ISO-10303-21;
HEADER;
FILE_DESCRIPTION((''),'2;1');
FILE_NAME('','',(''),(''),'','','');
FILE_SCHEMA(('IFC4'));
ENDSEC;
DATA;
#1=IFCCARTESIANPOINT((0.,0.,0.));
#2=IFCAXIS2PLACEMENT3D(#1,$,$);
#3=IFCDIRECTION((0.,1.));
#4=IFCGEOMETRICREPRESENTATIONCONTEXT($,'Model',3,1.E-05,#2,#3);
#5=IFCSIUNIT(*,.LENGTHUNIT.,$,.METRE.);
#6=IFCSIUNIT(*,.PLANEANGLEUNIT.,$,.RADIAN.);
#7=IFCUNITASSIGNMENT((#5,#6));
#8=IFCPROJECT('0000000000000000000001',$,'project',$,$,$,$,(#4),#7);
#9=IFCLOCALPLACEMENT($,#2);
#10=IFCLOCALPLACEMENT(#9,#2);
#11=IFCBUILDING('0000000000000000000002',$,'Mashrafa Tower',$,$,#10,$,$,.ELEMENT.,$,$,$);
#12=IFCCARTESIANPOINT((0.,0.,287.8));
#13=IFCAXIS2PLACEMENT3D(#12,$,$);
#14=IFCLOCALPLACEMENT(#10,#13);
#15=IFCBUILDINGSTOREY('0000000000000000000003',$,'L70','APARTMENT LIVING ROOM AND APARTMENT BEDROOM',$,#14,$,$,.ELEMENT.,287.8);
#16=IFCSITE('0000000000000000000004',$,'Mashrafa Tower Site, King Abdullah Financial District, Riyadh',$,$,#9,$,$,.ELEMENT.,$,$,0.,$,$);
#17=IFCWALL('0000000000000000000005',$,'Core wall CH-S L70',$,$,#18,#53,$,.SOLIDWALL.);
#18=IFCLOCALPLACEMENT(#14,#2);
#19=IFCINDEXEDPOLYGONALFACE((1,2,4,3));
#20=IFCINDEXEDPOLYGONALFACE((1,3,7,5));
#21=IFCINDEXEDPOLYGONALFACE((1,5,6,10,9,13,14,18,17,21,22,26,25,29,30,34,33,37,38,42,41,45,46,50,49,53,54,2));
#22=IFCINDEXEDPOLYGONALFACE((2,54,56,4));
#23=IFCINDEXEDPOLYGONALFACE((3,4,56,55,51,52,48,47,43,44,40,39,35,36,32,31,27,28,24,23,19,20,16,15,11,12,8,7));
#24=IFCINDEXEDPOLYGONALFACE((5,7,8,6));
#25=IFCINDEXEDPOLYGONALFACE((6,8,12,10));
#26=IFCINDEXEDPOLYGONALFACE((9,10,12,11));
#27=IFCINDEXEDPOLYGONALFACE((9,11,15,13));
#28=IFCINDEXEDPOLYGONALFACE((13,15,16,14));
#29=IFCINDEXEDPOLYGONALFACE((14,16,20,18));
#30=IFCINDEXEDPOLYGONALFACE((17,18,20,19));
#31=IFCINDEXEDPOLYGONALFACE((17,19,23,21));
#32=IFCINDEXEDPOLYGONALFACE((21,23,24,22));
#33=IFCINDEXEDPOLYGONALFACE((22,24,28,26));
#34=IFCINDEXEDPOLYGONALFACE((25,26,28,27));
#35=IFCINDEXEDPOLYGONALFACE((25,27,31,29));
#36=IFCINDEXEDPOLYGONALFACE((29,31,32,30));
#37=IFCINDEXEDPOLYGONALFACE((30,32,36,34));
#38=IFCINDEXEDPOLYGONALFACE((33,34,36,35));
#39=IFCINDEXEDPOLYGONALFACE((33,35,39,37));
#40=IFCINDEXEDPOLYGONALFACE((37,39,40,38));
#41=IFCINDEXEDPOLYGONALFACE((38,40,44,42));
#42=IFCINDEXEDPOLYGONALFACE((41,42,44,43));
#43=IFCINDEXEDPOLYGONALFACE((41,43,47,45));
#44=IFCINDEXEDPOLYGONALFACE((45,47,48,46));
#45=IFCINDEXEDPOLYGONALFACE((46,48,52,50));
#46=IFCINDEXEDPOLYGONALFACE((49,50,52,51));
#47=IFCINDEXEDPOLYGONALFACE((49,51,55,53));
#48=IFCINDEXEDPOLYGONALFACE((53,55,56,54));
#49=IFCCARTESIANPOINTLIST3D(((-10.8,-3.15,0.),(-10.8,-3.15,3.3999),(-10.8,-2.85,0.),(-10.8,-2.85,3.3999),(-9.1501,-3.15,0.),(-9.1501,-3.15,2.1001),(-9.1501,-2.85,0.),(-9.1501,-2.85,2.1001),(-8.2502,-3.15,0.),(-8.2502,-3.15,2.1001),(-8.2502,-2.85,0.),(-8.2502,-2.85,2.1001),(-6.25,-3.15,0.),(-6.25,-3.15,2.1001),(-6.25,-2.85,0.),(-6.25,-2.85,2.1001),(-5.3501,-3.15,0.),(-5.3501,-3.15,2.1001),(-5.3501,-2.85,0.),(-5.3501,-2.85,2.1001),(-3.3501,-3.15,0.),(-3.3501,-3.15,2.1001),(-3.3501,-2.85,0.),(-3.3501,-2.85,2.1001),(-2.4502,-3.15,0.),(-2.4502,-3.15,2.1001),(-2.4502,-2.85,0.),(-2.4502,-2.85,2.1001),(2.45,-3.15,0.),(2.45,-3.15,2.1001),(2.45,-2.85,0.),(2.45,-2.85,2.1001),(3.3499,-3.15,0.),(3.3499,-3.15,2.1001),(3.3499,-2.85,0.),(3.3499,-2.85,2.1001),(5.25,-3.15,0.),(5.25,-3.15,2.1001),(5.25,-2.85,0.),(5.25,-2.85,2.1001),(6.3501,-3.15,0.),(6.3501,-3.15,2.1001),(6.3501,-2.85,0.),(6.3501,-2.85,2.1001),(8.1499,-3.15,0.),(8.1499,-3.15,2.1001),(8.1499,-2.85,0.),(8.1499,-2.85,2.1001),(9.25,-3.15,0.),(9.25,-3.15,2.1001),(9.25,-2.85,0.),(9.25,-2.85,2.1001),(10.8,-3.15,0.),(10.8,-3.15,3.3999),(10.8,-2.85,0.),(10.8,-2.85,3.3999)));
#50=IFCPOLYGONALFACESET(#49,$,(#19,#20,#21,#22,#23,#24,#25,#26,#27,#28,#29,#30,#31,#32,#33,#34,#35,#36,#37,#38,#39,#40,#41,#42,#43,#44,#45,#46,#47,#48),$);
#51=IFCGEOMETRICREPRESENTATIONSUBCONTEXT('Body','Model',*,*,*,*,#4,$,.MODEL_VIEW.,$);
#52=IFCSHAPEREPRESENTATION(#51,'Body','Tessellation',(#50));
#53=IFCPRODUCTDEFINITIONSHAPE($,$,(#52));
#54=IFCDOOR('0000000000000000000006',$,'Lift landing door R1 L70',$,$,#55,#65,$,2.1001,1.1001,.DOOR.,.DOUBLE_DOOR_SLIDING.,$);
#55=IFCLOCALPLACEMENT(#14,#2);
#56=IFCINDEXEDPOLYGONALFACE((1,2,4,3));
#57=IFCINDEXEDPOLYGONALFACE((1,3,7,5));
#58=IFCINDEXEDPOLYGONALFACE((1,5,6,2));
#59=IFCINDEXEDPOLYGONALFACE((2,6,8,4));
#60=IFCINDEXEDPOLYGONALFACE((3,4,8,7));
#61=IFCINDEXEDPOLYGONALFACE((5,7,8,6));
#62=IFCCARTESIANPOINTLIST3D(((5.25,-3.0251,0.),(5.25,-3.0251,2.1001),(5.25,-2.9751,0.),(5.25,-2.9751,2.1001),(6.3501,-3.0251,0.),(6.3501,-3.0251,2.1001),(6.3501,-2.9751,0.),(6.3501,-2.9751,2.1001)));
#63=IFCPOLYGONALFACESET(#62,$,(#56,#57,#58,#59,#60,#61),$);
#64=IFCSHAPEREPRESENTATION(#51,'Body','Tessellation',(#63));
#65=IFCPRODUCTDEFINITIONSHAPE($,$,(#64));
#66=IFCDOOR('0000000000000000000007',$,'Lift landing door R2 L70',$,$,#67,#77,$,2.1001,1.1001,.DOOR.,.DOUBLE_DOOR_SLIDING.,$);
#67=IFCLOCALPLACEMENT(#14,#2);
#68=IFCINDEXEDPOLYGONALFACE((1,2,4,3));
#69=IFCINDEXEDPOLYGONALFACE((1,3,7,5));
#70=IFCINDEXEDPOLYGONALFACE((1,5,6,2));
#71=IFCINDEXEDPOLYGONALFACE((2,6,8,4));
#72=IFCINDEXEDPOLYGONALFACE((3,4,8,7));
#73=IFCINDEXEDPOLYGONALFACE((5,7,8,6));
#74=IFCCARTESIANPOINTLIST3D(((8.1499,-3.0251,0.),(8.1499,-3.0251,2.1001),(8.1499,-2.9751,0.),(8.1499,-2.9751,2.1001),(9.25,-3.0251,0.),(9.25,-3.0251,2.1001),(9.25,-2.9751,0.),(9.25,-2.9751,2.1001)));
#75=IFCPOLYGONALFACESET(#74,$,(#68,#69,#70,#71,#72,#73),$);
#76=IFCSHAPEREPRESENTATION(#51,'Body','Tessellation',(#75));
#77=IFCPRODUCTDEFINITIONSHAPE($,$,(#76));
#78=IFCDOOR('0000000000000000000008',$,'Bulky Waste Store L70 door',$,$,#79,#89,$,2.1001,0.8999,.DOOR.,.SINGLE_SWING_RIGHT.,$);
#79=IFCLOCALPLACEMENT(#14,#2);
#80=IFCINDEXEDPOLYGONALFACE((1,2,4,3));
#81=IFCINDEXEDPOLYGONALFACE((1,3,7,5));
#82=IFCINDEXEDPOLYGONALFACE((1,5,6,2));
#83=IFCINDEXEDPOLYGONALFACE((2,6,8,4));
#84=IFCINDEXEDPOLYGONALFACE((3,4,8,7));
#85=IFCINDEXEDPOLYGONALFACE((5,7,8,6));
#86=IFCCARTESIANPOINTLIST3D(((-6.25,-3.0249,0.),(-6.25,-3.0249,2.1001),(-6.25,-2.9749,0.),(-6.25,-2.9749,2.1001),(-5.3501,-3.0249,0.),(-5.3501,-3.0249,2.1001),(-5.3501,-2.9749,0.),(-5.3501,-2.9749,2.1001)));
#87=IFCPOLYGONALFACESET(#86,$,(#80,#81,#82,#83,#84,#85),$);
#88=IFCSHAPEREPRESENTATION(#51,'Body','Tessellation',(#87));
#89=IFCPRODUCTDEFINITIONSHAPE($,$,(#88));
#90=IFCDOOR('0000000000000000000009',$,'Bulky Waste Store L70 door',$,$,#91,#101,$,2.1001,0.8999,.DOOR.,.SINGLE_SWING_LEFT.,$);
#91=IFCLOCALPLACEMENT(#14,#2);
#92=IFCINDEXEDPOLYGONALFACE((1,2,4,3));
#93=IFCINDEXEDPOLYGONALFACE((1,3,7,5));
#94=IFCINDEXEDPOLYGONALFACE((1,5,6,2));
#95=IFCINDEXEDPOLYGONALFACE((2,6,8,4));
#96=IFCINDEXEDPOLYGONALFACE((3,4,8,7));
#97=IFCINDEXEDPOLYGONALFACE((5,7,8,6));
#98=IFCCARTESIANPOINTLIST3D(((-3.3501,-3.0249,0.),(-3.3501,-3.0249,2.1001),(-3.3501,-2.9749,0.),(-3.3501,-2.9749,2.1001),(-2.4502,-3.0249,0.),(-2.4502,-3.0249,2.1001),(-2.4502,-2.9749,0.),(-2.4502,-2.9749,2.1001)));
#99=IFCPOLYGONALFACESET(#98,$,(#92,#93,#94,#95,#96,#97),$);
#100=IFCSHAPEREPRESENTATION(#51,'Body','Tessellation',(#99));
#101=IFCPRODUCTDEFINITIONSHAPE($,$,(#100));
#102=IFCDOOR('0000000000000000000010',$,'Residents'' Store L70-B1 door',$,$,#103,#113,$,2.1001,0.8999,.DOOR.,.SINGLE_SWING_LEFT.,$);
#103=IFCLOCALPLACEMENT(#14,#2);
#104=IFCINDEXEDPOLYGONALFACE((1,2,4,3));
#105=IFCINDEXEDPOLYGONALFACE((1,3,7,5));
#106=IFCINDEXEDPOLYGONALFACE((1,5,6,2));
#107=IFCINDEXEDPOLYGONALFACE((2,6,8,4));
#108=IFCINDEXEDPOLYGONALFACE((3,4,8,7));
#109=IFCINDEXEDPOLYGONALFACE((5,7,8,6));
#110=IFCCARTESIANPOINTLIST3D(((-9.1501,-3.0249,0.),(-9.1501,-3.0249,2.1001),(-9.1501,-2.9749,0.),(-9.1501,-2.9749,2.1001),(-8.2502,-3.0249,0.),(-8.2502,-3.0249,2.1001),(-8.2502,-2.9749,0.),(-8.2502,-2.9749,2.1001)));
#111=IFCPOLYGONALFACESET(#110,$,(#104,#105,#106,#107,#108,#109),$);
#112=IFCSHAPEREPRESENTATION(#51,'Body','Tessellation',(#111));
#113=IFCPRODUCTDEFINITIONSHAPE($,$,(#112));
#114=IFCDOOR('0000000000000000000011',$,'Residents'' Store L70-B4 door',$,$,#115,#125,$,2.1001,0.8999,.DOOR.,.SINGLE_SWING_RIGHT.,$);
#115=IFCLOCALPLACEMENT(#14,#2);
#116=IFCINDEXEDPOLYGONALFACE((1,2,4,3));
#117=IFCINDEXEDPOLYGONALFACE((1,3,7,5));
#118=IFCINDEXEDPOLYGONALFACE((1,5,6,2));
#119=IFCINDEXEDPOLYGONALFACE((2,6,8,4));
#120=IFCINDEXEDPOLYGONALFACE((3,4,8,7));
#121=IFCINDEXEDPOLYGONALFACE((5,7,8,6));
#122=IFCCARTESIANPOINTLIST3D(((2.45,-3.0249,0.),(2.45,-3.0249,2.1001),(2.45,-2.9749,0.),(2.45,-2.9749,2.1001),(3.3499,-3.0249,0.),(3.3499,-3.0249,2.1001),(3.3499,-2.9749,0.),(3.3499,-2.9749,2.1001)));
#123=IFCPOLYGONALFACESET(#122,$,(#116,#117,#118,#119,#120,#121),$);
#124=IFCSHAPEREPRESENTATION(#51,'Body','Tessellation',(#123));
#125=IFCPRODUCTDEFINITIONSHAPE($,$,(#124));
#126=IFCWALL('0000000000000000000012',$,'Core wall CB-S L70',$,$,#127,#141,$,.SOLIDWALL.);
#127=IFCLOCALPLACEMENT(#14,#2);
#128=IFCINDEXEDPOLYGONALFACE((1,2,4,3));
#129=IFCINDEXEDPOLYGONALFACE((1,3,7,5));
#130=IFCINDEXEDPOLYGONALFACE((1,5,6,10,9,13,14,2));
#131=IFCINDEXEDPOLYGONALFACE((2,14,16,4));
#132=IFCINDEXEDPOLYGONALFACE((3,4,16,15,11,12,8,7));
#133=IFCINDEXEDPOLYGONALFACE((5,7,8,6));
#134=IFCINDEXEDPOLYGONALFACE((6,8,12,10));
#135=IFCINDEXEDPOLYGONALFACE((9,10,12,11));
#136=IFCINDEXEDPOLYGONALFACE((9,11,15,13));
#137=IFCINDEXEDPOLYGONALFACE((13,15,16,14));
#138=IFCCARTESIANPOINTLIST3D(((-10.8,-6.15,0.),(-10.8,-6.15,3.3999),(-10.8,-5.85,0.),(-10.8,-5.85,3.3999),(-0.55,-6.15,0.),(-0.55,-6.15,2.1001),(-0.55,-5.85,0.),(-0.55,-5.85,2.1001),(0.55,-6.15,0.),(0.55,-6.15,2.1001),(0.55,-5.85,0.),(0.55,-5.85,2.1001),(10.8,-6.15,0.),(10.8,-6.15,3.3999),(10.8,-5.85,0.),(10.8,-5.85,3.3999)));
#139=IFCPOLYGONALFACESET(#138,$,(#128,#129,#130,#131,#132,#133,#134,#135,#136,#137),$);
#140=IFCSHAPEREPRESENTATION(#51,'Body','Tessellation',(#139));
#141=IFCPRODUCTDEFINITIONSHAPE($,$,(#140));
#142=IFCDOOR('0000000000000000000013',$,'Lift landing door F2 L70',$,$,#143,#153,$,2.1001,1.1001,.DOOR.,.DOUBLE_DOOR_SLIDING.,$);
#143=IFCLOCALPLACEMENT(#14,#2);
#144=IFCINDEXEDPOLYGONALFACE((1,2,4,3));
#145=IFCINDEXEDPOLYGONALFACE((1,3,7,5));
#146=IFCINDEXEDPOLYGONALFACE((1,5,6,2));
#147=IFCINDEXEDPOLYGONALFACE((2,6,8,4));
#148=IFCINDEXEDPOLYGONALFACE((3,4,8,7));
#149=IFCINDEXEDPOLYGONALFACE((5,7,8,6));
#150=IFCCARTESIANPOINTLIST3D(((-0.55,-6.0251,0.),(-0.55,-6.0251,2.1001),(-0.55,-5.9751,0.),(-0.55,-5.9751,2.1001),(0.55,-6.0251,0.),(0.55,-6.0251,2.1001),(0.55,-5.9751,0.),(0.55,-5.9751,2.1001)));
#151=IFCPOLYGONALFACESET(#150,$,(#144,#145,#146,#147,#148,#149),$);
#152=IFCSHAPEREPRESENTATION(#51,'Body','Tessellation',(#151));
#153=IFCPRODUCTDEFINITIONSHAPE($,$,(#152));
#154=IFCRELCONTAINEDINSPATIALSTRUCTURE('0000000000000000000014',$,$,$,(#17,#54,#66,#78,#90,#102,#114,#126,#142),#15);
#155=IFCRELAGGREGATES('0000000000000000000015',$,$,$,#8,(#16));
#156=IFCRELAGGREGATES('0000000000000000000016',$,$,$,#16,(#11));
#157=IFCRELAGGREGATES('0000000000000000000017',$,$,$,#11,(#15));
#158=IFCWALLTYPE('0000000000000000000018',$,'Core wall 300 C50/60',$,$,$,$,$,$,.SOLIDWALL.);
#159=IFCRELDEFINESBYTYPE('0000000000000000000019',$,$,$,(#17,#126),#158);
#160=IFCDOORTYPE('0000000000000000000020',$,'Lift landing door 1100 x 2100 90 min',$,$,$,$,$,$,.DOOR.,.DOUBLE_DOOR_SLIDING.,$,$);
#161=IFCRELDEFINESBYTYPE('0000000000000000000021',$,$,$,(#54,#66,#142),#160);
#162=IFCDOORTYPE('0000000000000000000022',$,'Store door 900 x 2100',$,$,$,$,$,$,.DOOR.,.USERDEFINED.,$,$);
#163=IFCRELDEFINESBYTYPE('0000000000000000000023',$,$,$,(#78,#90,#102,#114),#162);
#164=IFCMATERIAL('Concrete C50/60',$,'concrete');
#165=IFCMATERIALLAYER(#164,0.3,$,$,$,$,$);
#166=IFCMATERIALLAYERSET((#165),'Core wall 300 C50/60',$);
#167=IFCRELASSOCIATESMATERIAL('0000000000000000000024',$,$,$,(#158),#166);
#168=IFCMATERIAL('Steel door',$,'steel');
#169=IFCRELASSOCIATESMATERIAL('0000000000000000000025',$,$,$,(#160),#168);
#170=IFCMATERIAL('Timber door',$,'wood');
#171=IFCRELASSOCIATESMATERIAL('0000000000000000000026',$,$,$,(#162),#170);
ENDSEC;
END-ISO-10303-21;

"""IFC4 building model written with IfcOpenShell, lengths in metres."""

from ifc_helpers import new_model, si_unit, direction, frame, frame_2d, origin, place, context, subcontext, project, spatial, rectangle, extrude, material, layer, layer_set, type_object, element, fill, save


model = new_model("IFC4")

# Units and contexts
model_context = context("Model", 3, precision=1e-05, world=origin(), true_north=direction((0.0, 1.0)))
body_context = subcontext(model_context, "Body", "Model", "MODEL_VIEW")
ifc_project = project(units=[si_unit("LENGTHUNIT", "METRE"), si_unit("PLANEANGLEUNIT", "RADIAN")], contexts=[model_context])

# Site, building, storey
site_placement = place(None, origin())
site = spatial("IfcSite", under=ifc_project, at=site_placement, Name="Mashrafa Tower Site, King Abdullah Financial District, Riyadh", CompositionType="ELEMENT", RefElevation=0.0)
building_placement = place(site_placement, origin())
building = spatial("IfcBuilding", under=site, at=building_placement, Name="Mashrafa Tower", CompositionType="ELEMENT")
storey_placement = place(building_placement, frame((0.0, 0.0, 287.8)))
storey = spatial("IfcBuildingStorey", under=building, at=storey_placement, Name="L70", Description="APARTMENT LIVING ROOM AND APARTMENT BEDROOM", CompositionType="ELEMENT", Elevation=287.8)

# Wall, openings, doors
ifc_material_1 = material(Name="Concrete C50/60", Category="concrete")
ifc_layer_1 = layer(ifc_material_1, 0.3)
ifc_layer_set_1 = layer_set([ifc_layer_1], Name="Core wall 300 C50/60")
wall_type_1 = type_object("IfcWallType", Name="Core wall 300 C50/60", PredefinedType="SOLIDWALL", material=ifc_layer_set_1)
wall_1_placement = place(storey_placement, frame((-10.8, -3.0, 0.0), z_axis=(0.0, 0.0, 1.0), x_axis=(1.0, 0.0, 0.0)))
wall_1 = element("IfcWall", 1, at=wall_1_placement, inside=storey, type_object=wall_type_1, Name="Core wall CH-S L70", PredefinedType="SOLIDWALL", context=body_context, shape_type="SweptSolid", body=[
    extrude(rectangle(XDim=21.6001, YDim=0.3, at=frame_2d((10.8, 0.0))), origin(), (0.0, 0.0, 1.0), 3.3999),
])
opening_1_placement = place(wall_1_placement, frame((4.55, 0.0, 0.0)))
opening_1 = element("IfcOpeningElement", 2, at=opening_1_placement, cuts=wall_1, PredefinedType="OPENING", context=body_context, shape_type="SweptSolid", body=[
    extrude(rectangle(XDim=0.8999, YDim=2.1001, at=frame_2d((0.45, 1.05))), frame((0.0, 0.1599, 0.0), z_axis=(0.0, -1.0, 0.0), x_axis=(1.0, 0.0, 0.0)), (0.0, 0.0, 1.0), 0.3201),
])
opening_2_placement = place(wall_1_placement, frame((7.45, 0.0, 0.0)))
opening_2 = element("IfcOpeningElement", 3, at=opening_2_placement, cuts=wall_1, PredefinedType="OPENING", context=body_context, shape_type="SweptSolid", body=[
    extrude(rectangle(XDim=0.8999, YDim=2.1001, at=frame_2d((0.45, 1.05))), frame((0.0, 0.1599, 0.0), z_axis=(0.0, -1.0, 0.0), x_axis=(1.0, 0.0, 0.0)), (0.0, 0.0, 1.0), 0.3201),
])
opening_3_placement = place(wall_1_placement, frame((1.6499, 0.0, 0.0)))
opening_3 = element("IfcOpeningElement", 4, at=opening_3_placement, cuts=wall_1, PredefinedType="OPENING", context=body_context, shape_type="SweptSolid", body=[
    extrude(rectangle(XDim=0.8999, YDim=2.1001, at=frame_2d((0.45, 1.05))), frame((0.0, 0.1599, 0.0), z_axis=(0.0, -1.0, 0.0), x_axis=(1.0, 0.0, 0.0)), (0.0, 0.0, 1.0), 0.3201),
])
opening_4_placement = place(wall_1_placement, frame((13.25, 0.0, 0.0)))
opening_4 = element("IfcOpeningElement", 5, at=opening_4_placement, cuts=wall_1, PredefinedType="OPENING", context=body_context, shape_type="SweptSolid", body=[
    extrude(rectangle(XDim=0.8999, YDim=2.1001, at=frame_2d((0.45, 1.05))), frame((0.0, 0.1599, 0.0), z_axis=(0.0, -1.0, 0.0), x_axis=(1.0, 0.0, 0.0)), (0.0, 0.0, 1.0), 0.3201),
])
opening_5_placement = place(wall_1_placement, frame((16.05, 0.0, 0.0)))
opening_5 = element("IfcOpeningElement", 6, at=opening_5_placement, cuts=wall_1, PredefinedType="OPENING", context=body_context, shape_type="SweptSolid", body=[
    extrude(rectangle(XDim=1.1001, YDim=2.1001, at=frame_2d((0.55, 1.05))), frame((0.0, 0.1599, 0.0), z_axis=(0.0, -1.0, 0.0), x_axis=(1.0, 0.0, 0.0)), (0.0, 0.0, 1.0), 0.3201),
])
opening_6_placement = place(wall_1_placement, frame((18.95, 0.0, 0.0)))
opening_6 = element("IfcOpeningElement", 7, at=opening_6_placement, cuts=wall_1, PredefinedType="OPENING", context=body_context, shape_type="SweptSolid", body=[
    extrude(rectangle(XDim=1.1001, YDim=2.1001, at=frame_2d((0.55, 1.05))), frame((0.0, 0.1599, 0.0), z_axis=(0.0, -1.0, 0.0), x_axis=(1.0, 0.0, 0.0)), (0.0, 0.0, 1.0), 0.3201),
])
ifc_material_2 = material(Name="Steel door", Category="steel")
door_type_1 = type_object("IfcDoorType", Name="Lift landing door 1100 x 2100 90 min", OperationType="DOUBLE_DOOR_SLIDING", PredefinedType="DOOR", material=ifc_material_2)
door_1_placement = place(opening_5_placement, origin())
door_1 = element("IfcDoor", 8, at=door_1_placement, inside=storey, type_object=door_type_1, Name="Lift landing door R1 L70", OperationType="DOUBLE_DOOR_SLIDING", OverallHeight=2.1001, OverallWidth=1.1001, PredefinedType="DOOR", context=body_context, shape_type="SweptSolid", body=[
    extrude(rectangle(XDim=1.1001, YDim=2.1001, at=frame_2d((0.55, 1.05))), frame((0.0, 0.0249, 0.0), z_axis=(0.0, -1.0, 0.0), x_axis=(1.0, 0.0, 0.0)), (0.0, 0.0, 1.0), 0.05),
])
fill(opening_5, door_1)
door_2_placement = place(opening_6_placement, origin())
door_2 = element("IfcDoor", 9, at=door_2_placement, inside=storey, type_object=door_type_1, Name="Lift landing door R2 L70", OperationType="DOUBLE_DOOR_SLIDING", OverallHeight=2.1001, OverallWidth=1.1001, PredefinedType="DOOR", context=body_context, shape_type="SweptSolid", body=[
    extrude(rectangle(XDim=1.1001, YDim=2.1001, at=frame_2d((0.55, 1.05))), frame((0.0, 0.0249, 0.0), z_axis=(0.0, -1.0, 0.0), x_axis=(1.0, 0.0, 0.0)), (0.0, 0.0, 1.0), 0.05),
])
fill(opening_6, door_2)
ifc_material_3 = material(Name="Timber door", Category="wood")
door_type_2 = type_object("IfcDoorType", Name="Store door 900 x 2100", OperationType="USERDEFINED", PredefinedType="DOOR", material=ifc_material_3)
door_3_placement = place(opening_1_placement, frame((0.8999, 0.0, 0.0), z_axis=(0.0, 0.0, 1.0), x_axis=(-1.0, 0.0, 0.0)))
door_3 = element("IfcDoor", 10, at=door_3_placement, inside=storey, type_object=door_type_2, Name="Bulky Waste Store L70 door", OperationType="SINGLE_SWING_RIGHT", OverallHeight=2.1001, OverallWidth=0.8999, PredefinedType="DOOR", context=body_context, shape_type="SweptSolid", body=[
    extrude(rectangle(XDim=0.8999, YDim=2.1001, at=frame_2d((0.45, 1.05))), frame((0.0, 0.0249, 0.0), z_axis=(0.0, -1.0, 0.0), x_axis=(1.0, 0.0, 0.0)), (0.0, 0.0, 1.0), 0.05),
])
fill(opening_1, door_3)
door_4_placement = place(opening_2_placement, frame((0.8999, 0.0, 0.0), z_axis=(0.0, 0.0, 1.0), x_axis=(-1.0, 0.0, 0.0)))
door_4 = element("IfcDoor", 11, at=door_4_placement, inside=storey, type_object=door_type_2, Name="Bulky Waste Store L70 door", OperationType="SINGLE_SWING_LEFT", OverallHeight=2.1001, OverallWidth=0.8999, PredefinedType="DOOR", context=body_context, shape_type="SweptSolid", body=[
    extrude(rectangle(XDim=0.8999, YDim=2.1001, at=frame_2d((0.45, 1.05))), frame((0.0, 0.0249, 0.0), z_axis=(0.0, -1.0, 0.0), x_axis=(1.0, 0.0, 0.0)), (0.0, 0.0, 1.0), 0.05),
])
fill(opening_2, door_4)
door_5_placement = place(opening_3_placement, frame((0.8999, 0.0, 0.0), z_axis=(0.0, 0.0, 1.0), x_axis=(-1.0, 0.0, 0.0)))
door_5 = element("IfcDoor", 12, at=door_5_placement, inside=storey, type_object=door_type_2, Name="Residents' Store L70-B1 door", OperationType="SINGLE_SWING_LEFT", OverallHeight=2.1001, OverallWidth=0.8999, PredefinedType="DOOR", context=body_context, shape_type="SweptSolid", body=[
    extrude(rectangle(XDim=0.8999, YDim=2.1001, at=frame_2d((0.45, 1.05))), frame((0.0, 0.0249, 0.0), z_axis=(0.0, -1.0, 0.0), x_axis=(1.0, 0.0, 0.0)), (0.0, 0.0, 1.0), 0.05),
])
fill(opening_3, door_5)
door_6_placement = place(opening_4_placement, frame((0.8999, 0.0, 0.0), z_axis=(0.0, 0.0, 1.0), x_axis=(-1.0, 0.0, 0.0)))
door_6 = element("IfcDoor", 13, at=door_6_placement, inside=storey, type_object=door_type_2, Name="Residents' Store L70-B4 door", OperationType="SINGLE_SWING_RIGHT", OverallHeight=2.1001, OverallWidth=0.8999, PredefinedType="DOOR", context=body_context, shape_type="SweptSolid", body=[
    extrude(rectangle(XDim=0.8999, YDim=2.1001, at=frame_2d((0.45, 1.05))), frame((0.0, 0.0249, 0.0), z_axis=(0.0, -1.0, 0.0), x_axis=(1.0, 0.0, 0.0)), (0.0, 0.0, 1.0), 0.05),
])
fill(opening_4, door_6)

# Wall, opening, door
wall_2_placement = place(storey_placement, frame((-10.8, -6.0, 0.0), z_axis=(0.0, 0.0, 1.0), x_axis=(1.0, 0.0, 0.0)))
wall_2 = element("IfcWall", 14, at=wall_2_placement, inside=storey, type_object=wall_type_1, Name="Core wall CB-S L70", PredefinedType="SOLIDWALL", context=body_context, shape_type="SweptSolid", body=[
    extrude(rectangle(XDim=21.6001, YDim=0.3, at=frame_2d((10.8, 0.0))), origin(), (0.0, 0.0, 1.0), 3.3999),
])
opening_7_placement = place(wall_2_placement, frame((10.25, 0.0, 0.0)))
opening_7 = element("IfcOpeningElement", 15, at=opening_7_placement, cuts=wall_2, PredefinedType="OPENING", context=body_context, shape_type="SweptSolid", body=[
    extrude(rectangle(XDim=1.1001, YDim=2.1001, at=frame_2d((0.55, 1.05))), frame((0.0, 0.1599, 0.0), z_axis=(0.0, -1.0, 0.0), x_axis=(1.0, 0.0, 0.0)), (0.0, 0.0, 1.0), 0.3201),
])
door_7_placement = place(opening_7_placement, origin())
door_7 = element("IfcDoor", 16, at=door_7_placement, inside=storey, type_object=door_type_1, Name="Lift landing door F2 L70", OperationType="DOUBLE_DOOR_SLIDING", OverallHeight=2.1001, OverallWidth=1.1001, PredefinedType="DOOR", context=body_context, shape_type="SweptSolid", body=[
    extrude(rectangle(XDim=1.1001, YDim=2.1001, at=frame_2d((0.55, 1.05))), frame((0.0, 0.0249, 0.0), z_axis=(0.0, -1.0, 0.0), x_axis=(1.0, 0.0, 0.0)), (0.0, 0.0, 1.0), 0.05),
])
fill(opening_7, door_7)

save(model, "model.ifc")
